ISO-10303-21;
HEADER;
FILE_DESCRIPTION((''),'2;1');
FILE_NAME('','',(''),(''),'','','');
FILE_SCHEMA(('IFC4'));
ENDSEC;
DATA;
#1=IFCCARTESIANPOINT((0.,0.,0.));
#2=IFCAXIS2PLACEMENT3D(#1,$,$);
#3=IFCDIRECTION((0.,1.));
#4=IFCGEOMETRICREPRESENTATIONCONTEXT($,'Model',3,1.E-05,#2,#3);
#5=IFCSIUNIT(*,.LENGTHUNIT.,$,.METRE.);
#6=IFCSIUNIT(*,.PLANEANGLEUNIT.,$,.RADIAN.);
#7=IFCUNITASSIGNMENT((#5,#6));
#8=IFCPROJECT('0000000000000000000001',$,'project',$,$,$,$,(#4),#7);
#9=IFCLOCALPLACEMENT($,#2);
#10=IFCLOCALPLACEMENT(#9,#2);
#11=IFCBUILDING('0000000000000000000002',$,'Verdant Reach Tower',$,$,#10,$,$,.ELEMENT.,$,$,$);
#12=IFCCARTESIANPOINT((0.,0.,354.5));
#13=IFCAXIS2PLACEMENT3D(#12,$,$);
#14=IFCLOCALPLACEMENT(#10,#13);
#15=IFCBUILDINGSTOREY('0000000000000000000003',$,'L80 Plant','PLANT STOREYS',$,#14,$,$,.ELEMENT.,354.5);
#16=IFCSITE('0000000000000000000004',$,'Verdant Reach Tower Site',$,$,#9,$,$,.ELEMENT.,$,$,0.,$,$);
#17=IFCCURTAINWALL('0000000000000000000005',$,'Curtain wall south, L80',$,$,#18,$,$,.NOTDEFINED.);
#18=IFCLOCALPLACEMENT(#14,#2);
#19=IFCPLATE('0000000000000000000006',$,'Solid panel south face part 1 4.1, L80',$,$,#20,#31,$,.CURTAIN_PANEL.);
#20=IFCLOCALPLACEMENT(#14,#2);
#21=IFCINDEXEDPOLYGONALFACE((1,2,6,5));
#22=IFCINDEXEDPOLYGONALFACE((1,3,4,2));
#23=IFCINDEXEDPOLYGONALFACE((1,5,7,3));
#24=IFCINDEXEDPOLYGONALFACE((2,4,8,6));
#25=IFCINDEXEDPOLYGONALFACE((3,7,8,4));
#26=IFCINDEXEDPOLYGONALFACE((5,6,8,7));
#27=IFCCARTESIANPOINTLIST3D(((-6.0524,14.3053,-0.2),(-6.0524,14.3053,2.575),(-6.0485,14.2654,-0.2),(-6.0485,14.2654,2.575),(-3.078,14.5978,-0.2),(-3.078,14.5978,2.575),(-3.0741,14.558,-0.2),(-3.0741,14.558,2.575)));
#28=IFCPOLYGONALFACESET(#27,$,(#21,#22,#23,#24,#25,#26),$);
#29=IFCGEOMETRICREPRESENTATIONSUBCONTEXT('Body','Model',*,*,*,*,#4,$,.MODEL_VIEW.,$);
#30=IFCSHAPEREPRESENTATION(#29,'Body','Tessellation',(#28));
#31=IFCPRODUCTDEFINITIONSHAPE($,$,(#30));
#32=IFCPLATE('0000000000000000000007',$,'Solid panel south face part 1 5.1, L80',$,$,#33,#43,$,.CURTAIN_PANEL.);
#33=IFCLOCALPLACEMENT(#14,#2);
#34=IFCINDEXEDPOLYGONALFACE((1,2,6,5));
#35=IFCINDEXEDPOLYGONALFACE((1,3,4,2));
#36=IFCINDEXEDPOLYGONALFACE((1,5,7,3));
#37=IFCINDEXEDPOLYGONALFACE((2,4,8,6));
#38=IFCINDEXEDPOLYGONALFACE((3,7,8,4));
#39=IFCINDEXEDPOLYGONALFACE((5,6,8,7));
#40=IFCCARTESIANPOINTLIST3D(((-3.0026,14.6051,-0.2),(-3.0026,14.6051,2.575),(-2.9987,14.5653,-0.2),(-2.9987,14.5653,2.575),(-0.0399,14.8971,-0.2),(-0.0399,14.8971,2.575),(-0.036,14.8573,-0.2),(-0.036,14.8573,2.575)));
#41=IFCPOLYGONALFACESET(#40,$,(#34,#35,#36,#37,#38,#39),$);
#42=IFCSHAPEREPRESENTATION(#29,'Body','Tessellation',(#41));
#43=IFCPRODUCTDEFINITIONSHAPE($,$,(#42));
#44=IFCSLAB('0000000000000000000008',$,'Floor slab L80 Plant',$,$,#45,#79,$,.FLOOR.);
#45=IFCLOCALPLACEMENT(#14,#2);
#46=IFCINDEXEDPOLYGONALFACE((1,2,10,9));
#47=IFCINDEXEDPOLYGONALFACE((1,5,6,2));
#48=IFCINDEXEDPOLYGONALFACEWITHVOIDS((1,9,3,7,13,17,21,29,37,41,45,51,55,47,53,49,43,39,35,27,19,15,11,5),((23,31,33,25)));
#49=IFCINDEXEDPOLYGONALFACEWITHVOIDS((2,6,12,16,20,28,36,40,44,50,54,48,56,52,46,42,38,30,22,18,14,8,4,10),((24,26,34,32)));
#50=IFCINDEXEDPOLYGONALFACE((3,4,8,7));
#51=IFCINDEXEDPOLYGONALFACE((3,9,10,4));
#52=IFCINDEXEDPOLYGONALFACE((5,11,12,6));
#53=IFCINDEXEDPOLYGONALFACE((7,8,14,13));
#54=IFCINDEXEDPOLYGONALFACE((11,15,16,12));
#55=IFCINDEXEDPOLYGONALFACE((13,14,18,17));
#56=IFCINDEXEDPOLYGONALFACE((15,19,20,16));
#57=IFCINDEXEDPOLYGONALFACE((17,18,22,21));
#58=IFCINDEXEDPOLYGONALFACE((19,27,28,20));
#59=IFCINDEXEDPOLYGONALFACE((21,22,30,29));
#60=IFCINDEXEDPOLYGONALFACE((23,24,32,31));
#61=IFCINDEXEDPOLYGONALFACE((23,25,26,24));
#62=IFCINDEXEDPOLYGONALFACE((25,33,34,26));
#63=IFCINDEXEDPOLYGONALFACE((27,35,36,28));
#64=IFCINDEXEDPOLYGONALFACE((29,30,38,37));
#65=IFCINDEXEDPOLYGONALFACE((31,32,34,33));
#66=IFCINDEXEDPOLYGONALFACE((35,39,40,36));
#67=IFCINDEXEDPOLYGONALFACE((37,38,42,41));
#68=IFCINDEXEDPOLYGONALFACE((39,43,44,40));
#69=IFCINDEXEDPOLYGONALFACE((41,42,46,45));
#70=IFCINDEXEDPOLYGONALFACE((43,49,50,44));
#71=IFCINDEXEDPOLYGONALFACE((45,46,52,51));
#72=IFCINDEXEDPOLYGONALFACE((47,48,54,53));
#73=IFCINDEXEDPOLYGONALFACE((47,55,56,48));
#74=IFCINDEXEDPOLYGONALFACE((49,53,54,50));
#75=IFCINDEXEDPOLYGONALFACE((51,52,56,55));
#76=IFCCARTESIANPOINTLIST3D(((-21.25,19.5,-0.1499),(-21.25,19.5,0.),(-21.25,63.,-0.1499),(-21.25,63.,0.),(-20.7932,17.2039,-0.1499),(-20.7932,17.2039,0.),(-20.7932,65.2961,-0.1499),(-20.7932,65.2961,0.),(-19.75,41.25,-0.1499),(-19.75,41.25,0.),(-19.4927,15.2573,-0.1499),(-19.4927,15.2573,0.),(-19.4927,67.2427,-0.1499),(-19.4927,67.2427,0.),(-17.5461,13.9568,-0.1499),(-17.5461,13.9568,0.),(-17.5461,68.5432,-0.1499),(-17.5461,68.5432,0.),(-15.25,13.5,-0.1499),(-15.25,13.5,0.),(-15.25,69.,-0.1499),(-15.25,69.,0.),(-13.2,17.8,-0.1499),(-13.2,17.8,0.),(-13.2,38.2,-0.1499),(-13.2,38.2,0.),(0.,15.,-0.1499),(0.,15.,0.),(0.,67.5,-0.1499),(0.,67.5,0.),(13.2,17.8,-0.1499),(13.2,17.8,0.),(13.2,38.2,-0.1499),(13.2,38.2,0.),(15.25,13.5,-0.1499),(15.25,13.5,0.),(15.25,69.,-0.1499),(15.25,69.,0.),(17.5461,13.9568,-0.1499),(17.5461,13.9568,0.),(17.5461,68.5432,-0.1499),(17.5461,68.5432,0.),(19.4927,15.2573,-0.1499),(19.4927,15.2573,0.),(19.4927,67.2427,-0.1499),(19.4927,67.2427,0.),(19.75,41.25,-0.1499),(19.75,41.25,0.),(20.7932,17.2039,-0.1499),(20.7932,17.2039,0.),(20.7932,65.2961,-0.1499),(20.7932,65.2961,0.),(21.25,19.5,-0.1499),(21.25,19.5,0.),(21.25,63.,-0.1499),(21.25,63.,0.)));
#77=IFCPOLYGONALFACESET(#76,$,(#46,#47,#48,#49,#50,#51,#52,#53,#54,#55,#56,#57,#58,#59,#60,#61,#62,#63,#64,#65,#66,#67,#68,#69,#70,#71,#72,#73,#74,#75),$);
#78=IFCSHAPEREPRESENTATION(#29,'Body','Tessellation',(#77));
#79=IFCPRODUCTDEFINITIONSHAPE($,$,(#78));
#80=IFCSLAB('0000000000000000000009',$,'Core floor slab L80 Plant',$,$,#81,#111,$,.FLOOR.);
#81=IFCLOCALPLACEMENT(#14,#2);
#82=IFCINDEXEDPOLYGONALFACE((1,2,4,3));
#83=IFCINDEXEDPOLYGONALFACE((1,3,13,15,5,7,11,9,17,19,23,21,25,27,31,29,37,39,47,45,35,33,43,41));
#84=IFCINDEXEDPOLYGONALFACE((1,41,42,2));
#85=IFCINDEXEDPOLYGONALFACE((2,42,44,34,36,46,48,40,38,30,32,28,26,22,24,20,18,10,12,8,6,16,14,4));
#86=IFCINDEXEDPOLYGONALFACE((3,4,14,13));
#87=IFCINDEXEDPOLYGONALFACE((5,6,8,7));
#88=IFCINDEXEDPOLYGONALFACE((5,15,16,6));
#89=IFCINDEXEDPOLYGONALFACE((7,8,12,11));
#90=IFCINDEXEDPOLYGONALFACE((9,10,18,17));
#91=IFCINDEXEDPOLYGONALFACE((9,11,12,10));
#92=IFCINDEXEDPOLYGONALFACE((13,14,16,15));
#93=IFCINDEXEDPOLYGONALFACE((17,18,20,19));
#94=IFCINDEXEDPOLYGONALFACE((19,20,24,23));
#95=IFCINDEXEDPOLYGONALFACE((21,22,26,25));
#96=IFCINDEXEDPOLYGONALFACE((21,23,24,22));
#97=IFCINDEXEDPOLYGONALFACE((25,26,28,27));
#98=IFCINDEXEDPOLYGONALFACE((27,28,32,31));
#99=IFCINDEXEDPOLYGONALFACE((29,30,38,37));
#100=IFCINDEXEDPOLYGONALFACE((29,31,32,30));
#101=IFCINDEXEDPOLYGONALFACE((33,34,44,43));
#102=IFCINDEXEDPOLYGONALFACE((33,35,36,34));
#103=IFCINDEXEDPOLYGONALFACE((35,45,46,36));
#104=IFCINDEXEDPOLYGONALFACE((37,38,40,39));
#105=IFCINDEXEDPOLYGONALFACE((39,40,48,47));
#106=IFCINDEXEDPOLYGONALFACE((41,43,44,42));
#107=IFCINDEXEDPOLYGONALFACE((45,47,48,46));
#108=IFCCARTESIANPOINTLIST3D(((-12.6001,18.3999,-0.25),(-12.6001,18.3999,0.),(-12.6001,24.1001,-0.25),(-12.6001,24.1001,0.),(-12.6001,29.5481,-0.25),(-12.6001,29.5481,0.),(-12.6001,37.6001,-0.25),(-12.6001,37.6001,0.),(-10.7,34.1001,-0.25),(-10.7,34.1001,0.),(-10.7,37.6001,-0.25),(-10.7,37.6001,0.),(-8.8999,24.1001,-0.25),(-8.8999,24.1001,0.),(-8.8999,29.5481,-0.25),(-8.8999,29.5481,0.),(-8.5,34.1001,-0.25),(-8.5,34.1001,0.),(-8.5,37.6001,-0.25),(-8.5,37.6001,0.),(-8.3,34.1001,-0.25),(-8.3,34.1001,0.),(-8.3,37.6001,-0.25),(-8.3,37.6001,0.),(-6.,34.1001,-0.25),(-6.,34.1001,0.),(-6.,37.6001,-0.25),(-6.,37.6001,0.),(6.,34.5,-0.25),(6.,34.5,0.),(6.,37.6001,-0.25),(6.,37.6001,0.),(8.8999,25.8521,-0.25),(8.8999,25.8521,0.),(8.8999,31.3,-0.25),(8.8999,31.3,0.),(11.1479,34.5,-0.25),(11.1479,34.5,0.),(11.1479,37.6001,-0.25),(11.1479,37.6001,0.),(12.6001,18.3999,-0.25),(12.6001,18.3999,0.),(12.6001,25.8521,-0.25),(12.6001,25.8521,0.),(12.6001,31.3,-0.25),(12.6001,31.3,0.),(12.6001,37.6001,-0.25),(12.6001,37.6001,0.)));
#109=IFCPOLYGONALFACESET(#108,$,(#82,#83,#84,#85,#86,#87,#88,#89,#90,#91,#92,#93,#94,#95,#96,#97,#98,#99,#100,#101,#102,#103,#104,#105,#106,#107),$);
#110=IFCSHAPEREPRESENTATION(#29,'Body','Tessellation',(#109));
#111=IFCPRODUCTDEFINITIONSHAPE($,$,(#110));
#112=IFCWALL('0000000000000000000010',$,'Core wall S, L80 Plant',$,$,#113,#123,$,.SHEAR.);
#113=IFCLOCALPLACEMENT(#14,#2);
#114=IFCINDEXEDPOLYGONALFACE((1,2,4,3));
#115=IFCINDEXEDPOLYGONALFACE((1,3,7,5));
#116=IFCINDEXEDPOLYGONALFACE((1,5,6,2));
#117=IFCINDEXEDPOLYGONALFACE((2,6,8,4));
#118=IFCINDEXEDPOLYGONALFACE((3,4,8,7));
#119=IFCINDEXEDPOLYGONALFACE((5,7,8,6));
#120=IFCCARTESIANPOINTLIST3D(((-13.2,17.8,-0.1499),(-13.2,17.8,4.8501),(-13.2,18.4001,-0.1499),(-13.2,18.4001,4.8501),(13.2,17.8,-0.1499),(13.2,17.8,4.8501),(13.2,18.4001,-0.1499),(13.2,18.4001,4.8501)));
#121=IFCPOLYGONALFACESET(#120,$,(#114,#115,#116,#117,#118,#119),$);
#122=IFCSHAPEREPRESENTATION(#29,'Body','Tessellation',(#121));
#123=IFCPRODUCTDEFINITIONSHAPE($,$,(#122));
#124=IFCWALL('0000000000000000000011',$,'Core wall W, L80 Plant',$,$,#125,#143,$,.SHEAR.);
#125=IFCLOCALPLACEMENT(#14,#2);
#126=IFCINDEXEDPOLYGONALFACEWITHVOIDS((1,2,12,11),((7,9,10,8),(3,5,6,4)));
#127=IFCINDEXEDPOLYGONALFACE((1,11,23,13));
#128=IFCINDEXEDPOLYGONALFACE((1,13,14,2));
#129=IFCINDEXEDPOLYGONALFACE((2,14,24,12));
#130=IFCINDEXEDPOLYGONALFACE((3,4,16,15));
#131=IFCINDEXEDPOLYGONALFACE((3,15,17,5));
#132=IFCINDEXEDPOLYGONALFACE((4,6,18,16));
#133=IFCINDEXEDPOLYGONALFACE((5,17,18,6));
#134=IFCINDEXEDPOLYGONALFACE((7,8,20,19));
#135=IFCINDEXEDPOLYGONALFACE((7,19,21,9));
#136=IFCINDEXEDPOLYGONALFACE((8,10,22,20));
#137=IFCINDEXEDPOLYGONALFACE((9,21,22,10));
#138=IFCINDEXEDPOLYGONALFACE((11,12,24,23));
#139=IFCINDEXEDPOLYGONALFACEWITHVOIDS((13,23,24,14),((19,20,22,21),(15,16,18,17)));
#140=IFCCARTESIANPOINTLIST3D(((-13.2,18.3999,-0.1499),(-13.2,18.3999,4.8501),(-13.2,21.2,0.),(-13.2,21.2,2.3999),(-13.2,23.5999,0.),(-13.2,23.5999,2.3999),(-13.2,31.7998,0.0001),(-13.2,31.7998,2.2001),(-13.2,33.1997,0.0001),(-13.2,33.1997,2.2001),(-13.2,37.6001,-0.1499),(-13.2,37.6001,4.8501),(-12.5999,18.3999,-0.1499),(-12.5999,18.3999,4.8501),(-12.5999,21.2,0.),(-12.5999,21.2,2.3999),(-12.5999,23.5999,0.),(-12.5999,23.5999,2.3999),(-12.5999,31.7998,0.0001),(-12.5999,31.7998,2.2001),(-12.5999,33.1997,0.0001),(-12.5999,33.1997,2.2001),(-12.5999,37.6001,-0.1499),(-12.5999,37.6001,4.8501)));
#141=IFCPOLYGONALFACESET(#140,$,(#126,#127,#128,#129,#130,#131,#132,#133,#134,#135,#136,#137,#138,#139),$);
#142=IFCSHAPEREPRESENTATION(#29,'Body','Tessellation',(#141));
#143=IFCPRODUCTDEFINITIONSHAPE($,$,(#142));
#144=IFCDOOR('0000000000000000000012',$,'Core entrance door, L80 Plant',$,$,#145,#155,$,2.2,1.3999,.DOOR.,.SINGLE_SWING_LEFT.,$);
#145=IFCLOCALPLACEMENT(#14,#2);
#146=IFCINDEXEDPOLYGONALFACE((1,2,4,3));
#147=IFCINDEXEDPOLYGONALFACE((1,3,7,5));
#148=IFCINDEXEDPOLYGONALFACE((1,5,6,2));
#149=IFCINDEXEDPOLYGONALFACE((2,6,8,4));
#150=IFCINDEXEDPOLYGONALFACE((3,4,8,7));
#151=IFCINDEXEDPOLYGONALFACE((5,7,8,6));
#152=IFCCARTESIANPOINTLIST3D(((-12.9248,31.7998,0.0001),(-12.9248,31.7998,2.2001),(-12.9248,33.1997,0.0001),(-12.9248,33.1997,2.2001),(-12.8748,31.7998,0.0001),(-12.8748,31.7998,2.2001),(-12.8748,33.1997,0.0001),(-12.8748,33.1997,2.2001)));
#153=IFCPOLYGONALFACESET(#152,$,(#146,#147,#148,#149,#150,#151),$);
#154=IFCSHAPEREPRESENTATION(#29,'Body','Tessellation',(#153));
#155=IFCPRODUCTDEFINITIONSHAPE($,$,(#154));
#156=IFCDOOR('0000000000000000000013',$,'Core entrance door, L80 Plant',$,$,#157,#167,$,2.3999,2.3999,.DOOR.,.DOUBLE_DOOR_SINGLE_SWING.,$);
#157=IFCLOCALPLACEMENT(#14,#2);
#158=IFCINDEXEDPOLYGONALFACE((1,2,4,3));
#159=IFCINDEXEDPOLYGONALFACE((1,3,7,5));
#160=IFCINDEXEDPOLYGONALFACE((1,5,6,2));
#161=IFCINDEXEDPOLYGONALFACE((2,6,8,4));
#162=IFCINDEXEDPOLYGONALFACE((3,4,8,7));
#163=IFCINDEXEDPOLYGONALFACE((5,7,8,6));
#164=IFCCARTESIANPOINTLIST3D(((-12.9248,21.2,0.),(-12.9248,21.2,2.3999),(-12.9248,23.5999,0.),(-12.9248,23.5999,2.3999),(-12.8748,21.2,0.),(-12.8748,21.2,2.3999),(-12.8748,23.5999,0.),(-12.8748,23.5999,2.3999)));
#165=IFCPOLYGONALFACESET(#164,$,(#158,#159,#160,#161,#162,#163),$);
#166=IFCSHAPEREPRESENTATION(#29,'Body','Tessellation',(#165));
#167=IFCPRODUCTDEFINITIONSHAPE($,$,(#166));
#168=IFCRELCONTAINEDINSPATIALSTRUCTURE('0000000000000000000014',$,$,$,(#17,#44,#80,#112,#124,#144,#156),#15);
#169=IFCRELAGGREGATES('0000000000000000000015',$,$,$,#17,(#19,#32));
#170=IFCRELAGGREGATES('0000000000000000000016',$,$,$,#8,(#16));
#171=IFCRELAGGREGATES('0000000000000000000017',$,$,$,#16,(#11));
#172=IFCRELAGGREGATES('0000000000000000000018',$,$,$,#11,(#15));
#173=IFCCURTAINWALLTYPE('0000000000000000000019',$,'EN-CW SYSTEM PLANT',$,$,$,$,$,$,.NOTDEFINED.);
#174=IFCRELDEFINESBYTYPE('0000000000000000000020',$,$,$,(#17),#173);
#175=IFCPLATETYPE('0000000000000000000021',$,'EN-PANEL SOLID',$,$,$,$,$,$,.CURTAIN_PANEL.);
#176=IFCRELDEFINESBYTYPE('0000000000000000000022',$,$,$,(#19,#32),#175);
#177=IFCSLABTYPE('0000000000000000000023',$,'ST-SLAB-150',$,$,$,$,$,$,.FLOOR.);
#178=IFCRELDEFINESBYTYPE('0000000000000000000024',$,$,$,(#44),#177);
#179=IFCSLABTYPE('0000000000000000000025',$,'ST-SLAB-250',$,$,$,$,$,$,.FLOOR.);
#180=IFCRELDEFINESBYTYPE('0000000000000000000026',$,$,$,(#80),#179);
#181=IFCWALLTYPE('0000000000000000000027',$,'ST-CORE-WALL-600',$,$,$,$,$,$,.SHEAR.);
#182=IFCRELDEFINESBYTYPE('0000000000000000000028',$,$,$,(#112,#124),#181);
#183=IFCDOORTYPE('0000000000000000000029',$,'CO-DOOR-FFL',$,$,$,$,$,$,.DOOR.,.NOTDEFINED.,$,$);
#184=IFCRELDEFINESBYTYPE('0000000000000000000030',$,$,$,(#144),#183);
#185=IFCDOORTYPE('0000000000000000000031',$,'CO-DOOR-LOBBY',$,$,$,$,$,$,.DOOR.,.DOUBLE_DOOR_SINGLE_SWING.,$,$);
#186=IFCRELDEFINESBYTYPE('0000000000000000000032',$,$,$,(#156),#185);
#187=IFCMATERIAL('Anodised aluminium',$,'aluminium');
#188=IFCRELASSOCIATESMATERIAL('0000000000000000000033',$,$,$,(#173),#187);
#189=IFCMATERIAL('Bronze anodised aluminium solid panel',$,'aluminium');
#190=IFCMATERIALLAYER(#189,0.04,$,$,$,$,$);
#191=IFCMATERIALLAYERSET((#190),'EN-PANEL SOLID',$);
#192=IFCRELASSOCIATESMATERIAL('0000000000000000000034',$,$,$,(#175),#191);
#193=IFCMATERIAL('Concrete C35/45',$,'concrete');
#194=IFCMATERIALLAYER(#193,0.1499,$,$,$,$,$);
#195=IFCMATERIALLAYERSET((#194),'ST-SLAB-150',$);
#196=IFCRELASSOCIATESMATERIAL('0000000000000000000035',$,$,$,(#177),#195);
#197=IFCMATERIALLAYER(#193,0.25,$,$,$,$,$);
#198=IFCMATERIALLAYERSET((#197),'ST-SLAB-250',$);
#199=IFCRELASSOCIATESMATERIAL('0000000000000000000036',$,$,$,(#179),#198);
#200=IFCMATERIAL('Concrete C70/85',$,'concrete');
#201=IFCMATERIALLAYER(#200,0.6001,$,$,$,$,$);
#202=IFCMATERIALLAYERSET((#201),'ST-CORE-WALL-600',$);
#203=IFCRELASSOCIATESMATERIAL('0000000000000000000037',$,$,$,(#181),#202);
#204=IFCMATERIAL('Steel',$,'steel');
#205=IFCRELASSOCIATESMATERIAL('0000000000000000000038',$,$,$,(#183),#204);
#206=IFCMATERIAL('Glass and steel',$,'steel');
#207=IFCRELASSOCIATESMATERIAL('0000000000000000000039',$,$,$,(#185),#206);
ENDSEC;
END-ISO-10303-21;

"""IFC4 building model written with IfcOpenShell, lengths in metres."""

from ifc_helpers import new_model, si_unit, direction, frame, frame_2d, origin, origin_2d, place, context, subcontext, project, spatial, polyline, rectangle, outline, extrude, material, layer, layer_set, type_object, element, fill, aggregate, save


model = new_model("IFC4")

# Units and contexts
model_context = context("Model", 3, precision=1e-05, world=origin(), true_north=direction((0.0, 1.0)))
body_context = subcontext(model_context, "Body", "Model", "MODEL_VIEW")
ifc_project = project(units=[si_unit("LENGTHUNIT", "METRE"), si_unit("PLANEANGLEUNIT", "RADIAN")], contexts=[model_context])

# Site, building, storey
site_placement = place(None, origin())
site = spatial("IfcSite", under=ifc_project, at=site_placement, Name="Verdant Reach Tower Site", CompositionType="ELEMENT", RefElevation=0.0)
building_placement = place(site_placement, origin())
building = spatial("IfcBuilding", under=site, at=building_placement, Name="Verdant Reach Tower", CompositionType="ELEMENT")
storey_placement = place(building_placement, frame((0.0, 0.0, 354.5)))
storey = spatial("IfcBuildingStorey", under=building, at=storey_placement, Name="L80 Plant", Description="PLANT STOREYS", CompositionType="ELEMENT", Elevation=354.5)

# Curtain wall
ifc_material_1 = material(Name="Anodised aluminium", Category="aluminium")
curtain_wall_type = type_object("IfcCurtainWallType", Name="EN-CW SYSTEM PLANT", PredefinedType="NOTDEFINED", material=ifc_material_1)
curtain_wall_placement = place(storey_placement, origin())
curtain_wall = element("IfcCurtainWall", 1, at=curtain_wall_placement, inside=storey, type_object=curtain_wall_type, Name="Curtain wall south, L80", PredefinedType="NOTDEFINED")

# Plates
ifc_material_2 = material(Name="Bronze anodised aluminium solid panel", Category="aluminium")
ifc_layer_1 = layer(ifc_material_2, 0.04)
ifc_layer_set_1 = layer_set([ifc_layer_1], Name="EN-PANEL SOLID")
plate_type = type_object("IfcPlateType", Name="EN-PANEL SOLID", PredefinedType="CURTAIN_PANEL", material=ifc_layer_set_1)
plate_1_placement = place(storey_placement, frame((-4.5632, 14.4316, -0.2), z_axis=(0.0, 0.0, 1.0), x_axis=(0.995197, 0.097888, 0.0)))
plate_1 = element("IfcPlate", 2, at=plate_1_placement, type_object=plate_type, Name="Solid panel south face part 1 4.1, L80", PredefinedType="CURTAIN_PANEL", context=body_context, shape_type="SweptSolid", body=[
    extrude(rectangle(XDim=2.9888, YDim=0.04, at=origin_2d()), origin(), (0.0, 0.0, 1.0), 2.7749),
])
plate_2_placement = place(storey_placement, frame((-1.5193, 14.7312, -0.2), z_axis=(0.0, 0.0, 1.0), x_axis=(0.995179, 0.098075, 0.0)))
plate_2 = element("IfcPlate", 3, at=plate_2_placement, type_object=plate_type, Name="Solid panel south face part 1 5.1, L80", PredefinedType="CURTAIN_PANEL", context=body_context, shape_type="SweptSolid", body=[
    extrude(rectangle(XDim=2.9771, YDim=0.04, at=origin_2d()), origin(), (0.0, 0.0, 1.0), 2.7749),
])

# Slabs
ifc_material_3 = material(Name="Concrete C35/45", Category="concrete")
ifc_layer_2 = layer(ifc_material_3, 0.1499)
ifc_layer_set_2 = layer_set([ifc_layer_2], Name="ST-SLAB-150")
slab_type_1 = type_object("IfcSlabType", Name="ST-SLAB-150", PredefinedType="FLOOR", material=ifc_layer_set_2)
slab_1_placement = place(storey_placement, frame((0.0, 0.0, -0.1499)))
element("IfcSlab", 4, at=slab_1_placement, inside=storey, type_object=slab_type_1, Name="Floor slab L80 Plant", PredefinedType="FLOOR", context=body_context, shape_type="SweptSolid", body=[
    extrude(outline(polyline([(0.0, 15.0), (-15.25, 13.5), (-17.5461, 13.9568), (-19.4927, 15.2573), (-20.7932, 17.2039), (-21.25, 19.5), (-19.75, 41.25), (-21.25, 63.0), (-20.7932, 65.2961), (-19.4927, 67.2427), (-17.5461, 68.5432), (-15.25, 69.0), (0.0, 67.5), (15.25, 69.0), (17.5461, 68.5432), (19.4927, 67.2427), (20.7932, 65.2961), (21.25, 63.0), (19.75, 41.25), (21.25, 19.5), (20.7932, 17.2039), (19.4927, 15.2573), (17.5461, 13.9568), (15.25, 13.5), (0.0, 15.0)]), holes=[polyline([(13.2, 38.2), (-13.2, 38.2), (-13.2, 17.8), (13.2, 17.8), (13.2, 38.2)])]), origin(), (0.0, 0.0, 1.0), 0.1499),
])
ifc_layer_3 = layer(ifc_material_3, 0.25)
ifc_layer_set_3 = layer_set([ifc_layer_3], Name="ST-SLAB-250")
slab_type_2 = type_object("IfcSlabType", Name="ST-SLAB-250", PredefinedType="FLOOR", material=ifc_layer_set_3)
slab_2_placement = place(storey_placement, frame((0.0, 0.0, -0.25)))
element("IfcSlab", 5, at=slab_2_placement, inside=storey, type_object=slab_type_2, Name="Core floor slab L80 Plant", PredefinedType="FLOOR", context=body_context, shape_type="SweptSolid", body=[
    extrude(outline(polyline([(12.6001, 18.3999), (-12.6001, 18.3999), (-12.6001, 24.1001), (-8.8999, 24.1001), (-8.8999, 29.5481), (-12.6001, 29.5481), (-12.6001, 37.6001), (-10.7, 37.6001), (-10.7, 34.1001), (-8.5, 34.1001), (-8.5, 37.6001), (-8.3, 37.6001), (-8.3, 34.1001), (-6.0, 34.1001), (-6.0, 37.6001), (6.0, 37.6001), (6.0, 34.5), (11.1479, 34.5), (11.1479, 37.6001), (12.6001, 37.6001), (12.6001, 31.3), (8.8999, 31.3), (8.8999, 25.8521), (12.6001, 25.8521), (12.6001, 18.3999)])), origin(), (0.0, 0.0, 1.0), 0.25),
])

# Wall
ifc_material_4 = material(Name="Concrete C70/85", Category="concrete")
ifc_layer_4 = layer(ifc_material_4, 0.6001)
ifc_layer_set_4 = layer_set([ifc_layer_4], Name="ST-CORE-WALL-600")
wall_type = type_object("IfcWallType", Name="ST-CORE-WALL-600", PredefinedType="SHEAR", material=ifc_layer_set_4)
wall_1_placement = place(storey_placement, frame((-13.2, 18.1001, -0.1499), z_axis=(0.0, 0.0, 1.0), x_axis=(1.0, 0.0, 0.0)))
element("IfcWall", 6, at=wall_1_placement, inside=storey, type_object=wall_type, Name="Core wall S, L80 Plant", PredefinedType="SHEAR", context=body_context, shape_type="SweptSolid", body=[
    extrude(rectangle(XDim=26.3999, YDim=0.6001, at=frame_2d((13.2, 0.0))), origin(), (0.0, 0.0, 1.0), 5.0),
])

# Wall, openings, doors
wall_2_placement = place(storey_placement, frame((-12.8999, 18.3999, -0.1499), z_axis=(0.0, 0.0, 1.0), x_axis=(0.0, 1.0, 0.0)))
wall_2 = element("IfcWall", 7, at=wall_2_placement, inside=storey, type_object=wall_type, Name="Core wall W, L80 Plant", PredefinedType="SHEAR", context=body_context, shape_type="SweptSolid", body=[
    extrude(rectangle(XDim=19.2002, YDim=0.6001, at=frame_2d((9.6001, 0.0))), origin(), (0.0, 0.0, 1.0), 5.0),
])
opening_1_placement = place(wall_2_placement, frame((2.8, 0.0, 0.1499)))
opening_1 = element("IfcOpeningElement", 8, at=opening_1_placement, cuts=wall_2, PredefinedType="OPENING", context=body_context, shape_type="SweptSolid", body=[
    extrude(rectangle(XDim=2.3999, YDim=2.3999, at=frame_2d((1.2, 1.2))), frame((0.0, 0.3101, 0.0), z_axis=(0.0, -1.0, 0.0), x_axis=(1.0, 0.0, 0.0)), (0.0, 0.0, 1.0), 0.6201),
])
opening_2_placement = place(wall_2_placement, frame((13.3999, 0.0, 0.1499)))
opening_2 = element("IfcOpeningElement", 9, at=opening_2_placement, cuts=wall_2, PredefinedType="OPENING", context=body_context, shape_type="SweptSolid", body=[
    extrude(rectangle(XDim=1.3999, YDim=2.2, at=frame_2d((0.7, 1.1001))), frame((0.0, 0.3101, 0.0), z_axis=(0.0, -1.0, 0.0), x_axis=(1.0, 0.0, 0.0)), (0.0, 0.0, 1.0), 0.6201),
])
ifc_material_5 = material(Name="Steel", Category="steel")
door_type_1 = type_object("IfcDoorType", Name="CO-DOOR-FFL", OperationType="NOTDEFINED", PredefinedType="DOOR", material=ifc_material_5)
door_1_placement = place(opening_2_placement, origin())
door_1 = element("IfcDoor", 10, at=door_1_placement, inside=storey, type_object=door_type_1, Name="Core entrance door, L80 Plant", OperationType="SINGLE_SWING_LEFT", OverallHeight=2.2, OverallWidth=1.3999, PredefinedType="DOOR", context=body_context, shape_type="SweptSolid", body=[
    extrude(rectangle(XDim=1.3999, YDim=2.2, at=frame_2d((0.7, 1.1001))), frame((0.0, 0.0249, 0.0), z_axis=(0.0, -1.0, 0.0), x_axis=(1.0, 0.0, 0.0)), (0.0, 0.0, 1.0), 0.05),
])
fill(opening_2, door_1)
ifc_material_6 = material(Name="Glass and steel", Category="steel")
door_type_2 = type_object("IfcDoorType", Name="CO-DOOR-LOBBY", OperationType="DOUBLE_DOOR_SINGLE_SWING", PredefinedType="DOOR", material=ifc_material_6)
door_2_placement = place(opening_1_placement, origin())
door_2 = element("IfcDoor", 11, at=door_2_placement, inside=storey, type_object=door_type_2, Name="Core entrance door, L80 Plant", OperationType="DOUBLE_DOOR_SINGLE_SWING", OverallHeight=2.3999, OverallWidth=2.3999, PredefinedType="DOOR", context=body_context, shape_type="SweptSolid", body=[
    extrude(rectangle(XDim=2.3999, YDim=2.3999, at=frame_2d((1.2, 1.2))), frame((0.0, 0.0249, 0.0), z_axis=(0.0, -1.0, 0.0), x_axis=(1.0, 0.0, 0.0)), (0.0, 0.0, 1.0), 0.05),
])
fill(opening_1, door_2)

aggregate(curtain_wall, [plate_1, plate_2])

save(model, "model.ifc")
